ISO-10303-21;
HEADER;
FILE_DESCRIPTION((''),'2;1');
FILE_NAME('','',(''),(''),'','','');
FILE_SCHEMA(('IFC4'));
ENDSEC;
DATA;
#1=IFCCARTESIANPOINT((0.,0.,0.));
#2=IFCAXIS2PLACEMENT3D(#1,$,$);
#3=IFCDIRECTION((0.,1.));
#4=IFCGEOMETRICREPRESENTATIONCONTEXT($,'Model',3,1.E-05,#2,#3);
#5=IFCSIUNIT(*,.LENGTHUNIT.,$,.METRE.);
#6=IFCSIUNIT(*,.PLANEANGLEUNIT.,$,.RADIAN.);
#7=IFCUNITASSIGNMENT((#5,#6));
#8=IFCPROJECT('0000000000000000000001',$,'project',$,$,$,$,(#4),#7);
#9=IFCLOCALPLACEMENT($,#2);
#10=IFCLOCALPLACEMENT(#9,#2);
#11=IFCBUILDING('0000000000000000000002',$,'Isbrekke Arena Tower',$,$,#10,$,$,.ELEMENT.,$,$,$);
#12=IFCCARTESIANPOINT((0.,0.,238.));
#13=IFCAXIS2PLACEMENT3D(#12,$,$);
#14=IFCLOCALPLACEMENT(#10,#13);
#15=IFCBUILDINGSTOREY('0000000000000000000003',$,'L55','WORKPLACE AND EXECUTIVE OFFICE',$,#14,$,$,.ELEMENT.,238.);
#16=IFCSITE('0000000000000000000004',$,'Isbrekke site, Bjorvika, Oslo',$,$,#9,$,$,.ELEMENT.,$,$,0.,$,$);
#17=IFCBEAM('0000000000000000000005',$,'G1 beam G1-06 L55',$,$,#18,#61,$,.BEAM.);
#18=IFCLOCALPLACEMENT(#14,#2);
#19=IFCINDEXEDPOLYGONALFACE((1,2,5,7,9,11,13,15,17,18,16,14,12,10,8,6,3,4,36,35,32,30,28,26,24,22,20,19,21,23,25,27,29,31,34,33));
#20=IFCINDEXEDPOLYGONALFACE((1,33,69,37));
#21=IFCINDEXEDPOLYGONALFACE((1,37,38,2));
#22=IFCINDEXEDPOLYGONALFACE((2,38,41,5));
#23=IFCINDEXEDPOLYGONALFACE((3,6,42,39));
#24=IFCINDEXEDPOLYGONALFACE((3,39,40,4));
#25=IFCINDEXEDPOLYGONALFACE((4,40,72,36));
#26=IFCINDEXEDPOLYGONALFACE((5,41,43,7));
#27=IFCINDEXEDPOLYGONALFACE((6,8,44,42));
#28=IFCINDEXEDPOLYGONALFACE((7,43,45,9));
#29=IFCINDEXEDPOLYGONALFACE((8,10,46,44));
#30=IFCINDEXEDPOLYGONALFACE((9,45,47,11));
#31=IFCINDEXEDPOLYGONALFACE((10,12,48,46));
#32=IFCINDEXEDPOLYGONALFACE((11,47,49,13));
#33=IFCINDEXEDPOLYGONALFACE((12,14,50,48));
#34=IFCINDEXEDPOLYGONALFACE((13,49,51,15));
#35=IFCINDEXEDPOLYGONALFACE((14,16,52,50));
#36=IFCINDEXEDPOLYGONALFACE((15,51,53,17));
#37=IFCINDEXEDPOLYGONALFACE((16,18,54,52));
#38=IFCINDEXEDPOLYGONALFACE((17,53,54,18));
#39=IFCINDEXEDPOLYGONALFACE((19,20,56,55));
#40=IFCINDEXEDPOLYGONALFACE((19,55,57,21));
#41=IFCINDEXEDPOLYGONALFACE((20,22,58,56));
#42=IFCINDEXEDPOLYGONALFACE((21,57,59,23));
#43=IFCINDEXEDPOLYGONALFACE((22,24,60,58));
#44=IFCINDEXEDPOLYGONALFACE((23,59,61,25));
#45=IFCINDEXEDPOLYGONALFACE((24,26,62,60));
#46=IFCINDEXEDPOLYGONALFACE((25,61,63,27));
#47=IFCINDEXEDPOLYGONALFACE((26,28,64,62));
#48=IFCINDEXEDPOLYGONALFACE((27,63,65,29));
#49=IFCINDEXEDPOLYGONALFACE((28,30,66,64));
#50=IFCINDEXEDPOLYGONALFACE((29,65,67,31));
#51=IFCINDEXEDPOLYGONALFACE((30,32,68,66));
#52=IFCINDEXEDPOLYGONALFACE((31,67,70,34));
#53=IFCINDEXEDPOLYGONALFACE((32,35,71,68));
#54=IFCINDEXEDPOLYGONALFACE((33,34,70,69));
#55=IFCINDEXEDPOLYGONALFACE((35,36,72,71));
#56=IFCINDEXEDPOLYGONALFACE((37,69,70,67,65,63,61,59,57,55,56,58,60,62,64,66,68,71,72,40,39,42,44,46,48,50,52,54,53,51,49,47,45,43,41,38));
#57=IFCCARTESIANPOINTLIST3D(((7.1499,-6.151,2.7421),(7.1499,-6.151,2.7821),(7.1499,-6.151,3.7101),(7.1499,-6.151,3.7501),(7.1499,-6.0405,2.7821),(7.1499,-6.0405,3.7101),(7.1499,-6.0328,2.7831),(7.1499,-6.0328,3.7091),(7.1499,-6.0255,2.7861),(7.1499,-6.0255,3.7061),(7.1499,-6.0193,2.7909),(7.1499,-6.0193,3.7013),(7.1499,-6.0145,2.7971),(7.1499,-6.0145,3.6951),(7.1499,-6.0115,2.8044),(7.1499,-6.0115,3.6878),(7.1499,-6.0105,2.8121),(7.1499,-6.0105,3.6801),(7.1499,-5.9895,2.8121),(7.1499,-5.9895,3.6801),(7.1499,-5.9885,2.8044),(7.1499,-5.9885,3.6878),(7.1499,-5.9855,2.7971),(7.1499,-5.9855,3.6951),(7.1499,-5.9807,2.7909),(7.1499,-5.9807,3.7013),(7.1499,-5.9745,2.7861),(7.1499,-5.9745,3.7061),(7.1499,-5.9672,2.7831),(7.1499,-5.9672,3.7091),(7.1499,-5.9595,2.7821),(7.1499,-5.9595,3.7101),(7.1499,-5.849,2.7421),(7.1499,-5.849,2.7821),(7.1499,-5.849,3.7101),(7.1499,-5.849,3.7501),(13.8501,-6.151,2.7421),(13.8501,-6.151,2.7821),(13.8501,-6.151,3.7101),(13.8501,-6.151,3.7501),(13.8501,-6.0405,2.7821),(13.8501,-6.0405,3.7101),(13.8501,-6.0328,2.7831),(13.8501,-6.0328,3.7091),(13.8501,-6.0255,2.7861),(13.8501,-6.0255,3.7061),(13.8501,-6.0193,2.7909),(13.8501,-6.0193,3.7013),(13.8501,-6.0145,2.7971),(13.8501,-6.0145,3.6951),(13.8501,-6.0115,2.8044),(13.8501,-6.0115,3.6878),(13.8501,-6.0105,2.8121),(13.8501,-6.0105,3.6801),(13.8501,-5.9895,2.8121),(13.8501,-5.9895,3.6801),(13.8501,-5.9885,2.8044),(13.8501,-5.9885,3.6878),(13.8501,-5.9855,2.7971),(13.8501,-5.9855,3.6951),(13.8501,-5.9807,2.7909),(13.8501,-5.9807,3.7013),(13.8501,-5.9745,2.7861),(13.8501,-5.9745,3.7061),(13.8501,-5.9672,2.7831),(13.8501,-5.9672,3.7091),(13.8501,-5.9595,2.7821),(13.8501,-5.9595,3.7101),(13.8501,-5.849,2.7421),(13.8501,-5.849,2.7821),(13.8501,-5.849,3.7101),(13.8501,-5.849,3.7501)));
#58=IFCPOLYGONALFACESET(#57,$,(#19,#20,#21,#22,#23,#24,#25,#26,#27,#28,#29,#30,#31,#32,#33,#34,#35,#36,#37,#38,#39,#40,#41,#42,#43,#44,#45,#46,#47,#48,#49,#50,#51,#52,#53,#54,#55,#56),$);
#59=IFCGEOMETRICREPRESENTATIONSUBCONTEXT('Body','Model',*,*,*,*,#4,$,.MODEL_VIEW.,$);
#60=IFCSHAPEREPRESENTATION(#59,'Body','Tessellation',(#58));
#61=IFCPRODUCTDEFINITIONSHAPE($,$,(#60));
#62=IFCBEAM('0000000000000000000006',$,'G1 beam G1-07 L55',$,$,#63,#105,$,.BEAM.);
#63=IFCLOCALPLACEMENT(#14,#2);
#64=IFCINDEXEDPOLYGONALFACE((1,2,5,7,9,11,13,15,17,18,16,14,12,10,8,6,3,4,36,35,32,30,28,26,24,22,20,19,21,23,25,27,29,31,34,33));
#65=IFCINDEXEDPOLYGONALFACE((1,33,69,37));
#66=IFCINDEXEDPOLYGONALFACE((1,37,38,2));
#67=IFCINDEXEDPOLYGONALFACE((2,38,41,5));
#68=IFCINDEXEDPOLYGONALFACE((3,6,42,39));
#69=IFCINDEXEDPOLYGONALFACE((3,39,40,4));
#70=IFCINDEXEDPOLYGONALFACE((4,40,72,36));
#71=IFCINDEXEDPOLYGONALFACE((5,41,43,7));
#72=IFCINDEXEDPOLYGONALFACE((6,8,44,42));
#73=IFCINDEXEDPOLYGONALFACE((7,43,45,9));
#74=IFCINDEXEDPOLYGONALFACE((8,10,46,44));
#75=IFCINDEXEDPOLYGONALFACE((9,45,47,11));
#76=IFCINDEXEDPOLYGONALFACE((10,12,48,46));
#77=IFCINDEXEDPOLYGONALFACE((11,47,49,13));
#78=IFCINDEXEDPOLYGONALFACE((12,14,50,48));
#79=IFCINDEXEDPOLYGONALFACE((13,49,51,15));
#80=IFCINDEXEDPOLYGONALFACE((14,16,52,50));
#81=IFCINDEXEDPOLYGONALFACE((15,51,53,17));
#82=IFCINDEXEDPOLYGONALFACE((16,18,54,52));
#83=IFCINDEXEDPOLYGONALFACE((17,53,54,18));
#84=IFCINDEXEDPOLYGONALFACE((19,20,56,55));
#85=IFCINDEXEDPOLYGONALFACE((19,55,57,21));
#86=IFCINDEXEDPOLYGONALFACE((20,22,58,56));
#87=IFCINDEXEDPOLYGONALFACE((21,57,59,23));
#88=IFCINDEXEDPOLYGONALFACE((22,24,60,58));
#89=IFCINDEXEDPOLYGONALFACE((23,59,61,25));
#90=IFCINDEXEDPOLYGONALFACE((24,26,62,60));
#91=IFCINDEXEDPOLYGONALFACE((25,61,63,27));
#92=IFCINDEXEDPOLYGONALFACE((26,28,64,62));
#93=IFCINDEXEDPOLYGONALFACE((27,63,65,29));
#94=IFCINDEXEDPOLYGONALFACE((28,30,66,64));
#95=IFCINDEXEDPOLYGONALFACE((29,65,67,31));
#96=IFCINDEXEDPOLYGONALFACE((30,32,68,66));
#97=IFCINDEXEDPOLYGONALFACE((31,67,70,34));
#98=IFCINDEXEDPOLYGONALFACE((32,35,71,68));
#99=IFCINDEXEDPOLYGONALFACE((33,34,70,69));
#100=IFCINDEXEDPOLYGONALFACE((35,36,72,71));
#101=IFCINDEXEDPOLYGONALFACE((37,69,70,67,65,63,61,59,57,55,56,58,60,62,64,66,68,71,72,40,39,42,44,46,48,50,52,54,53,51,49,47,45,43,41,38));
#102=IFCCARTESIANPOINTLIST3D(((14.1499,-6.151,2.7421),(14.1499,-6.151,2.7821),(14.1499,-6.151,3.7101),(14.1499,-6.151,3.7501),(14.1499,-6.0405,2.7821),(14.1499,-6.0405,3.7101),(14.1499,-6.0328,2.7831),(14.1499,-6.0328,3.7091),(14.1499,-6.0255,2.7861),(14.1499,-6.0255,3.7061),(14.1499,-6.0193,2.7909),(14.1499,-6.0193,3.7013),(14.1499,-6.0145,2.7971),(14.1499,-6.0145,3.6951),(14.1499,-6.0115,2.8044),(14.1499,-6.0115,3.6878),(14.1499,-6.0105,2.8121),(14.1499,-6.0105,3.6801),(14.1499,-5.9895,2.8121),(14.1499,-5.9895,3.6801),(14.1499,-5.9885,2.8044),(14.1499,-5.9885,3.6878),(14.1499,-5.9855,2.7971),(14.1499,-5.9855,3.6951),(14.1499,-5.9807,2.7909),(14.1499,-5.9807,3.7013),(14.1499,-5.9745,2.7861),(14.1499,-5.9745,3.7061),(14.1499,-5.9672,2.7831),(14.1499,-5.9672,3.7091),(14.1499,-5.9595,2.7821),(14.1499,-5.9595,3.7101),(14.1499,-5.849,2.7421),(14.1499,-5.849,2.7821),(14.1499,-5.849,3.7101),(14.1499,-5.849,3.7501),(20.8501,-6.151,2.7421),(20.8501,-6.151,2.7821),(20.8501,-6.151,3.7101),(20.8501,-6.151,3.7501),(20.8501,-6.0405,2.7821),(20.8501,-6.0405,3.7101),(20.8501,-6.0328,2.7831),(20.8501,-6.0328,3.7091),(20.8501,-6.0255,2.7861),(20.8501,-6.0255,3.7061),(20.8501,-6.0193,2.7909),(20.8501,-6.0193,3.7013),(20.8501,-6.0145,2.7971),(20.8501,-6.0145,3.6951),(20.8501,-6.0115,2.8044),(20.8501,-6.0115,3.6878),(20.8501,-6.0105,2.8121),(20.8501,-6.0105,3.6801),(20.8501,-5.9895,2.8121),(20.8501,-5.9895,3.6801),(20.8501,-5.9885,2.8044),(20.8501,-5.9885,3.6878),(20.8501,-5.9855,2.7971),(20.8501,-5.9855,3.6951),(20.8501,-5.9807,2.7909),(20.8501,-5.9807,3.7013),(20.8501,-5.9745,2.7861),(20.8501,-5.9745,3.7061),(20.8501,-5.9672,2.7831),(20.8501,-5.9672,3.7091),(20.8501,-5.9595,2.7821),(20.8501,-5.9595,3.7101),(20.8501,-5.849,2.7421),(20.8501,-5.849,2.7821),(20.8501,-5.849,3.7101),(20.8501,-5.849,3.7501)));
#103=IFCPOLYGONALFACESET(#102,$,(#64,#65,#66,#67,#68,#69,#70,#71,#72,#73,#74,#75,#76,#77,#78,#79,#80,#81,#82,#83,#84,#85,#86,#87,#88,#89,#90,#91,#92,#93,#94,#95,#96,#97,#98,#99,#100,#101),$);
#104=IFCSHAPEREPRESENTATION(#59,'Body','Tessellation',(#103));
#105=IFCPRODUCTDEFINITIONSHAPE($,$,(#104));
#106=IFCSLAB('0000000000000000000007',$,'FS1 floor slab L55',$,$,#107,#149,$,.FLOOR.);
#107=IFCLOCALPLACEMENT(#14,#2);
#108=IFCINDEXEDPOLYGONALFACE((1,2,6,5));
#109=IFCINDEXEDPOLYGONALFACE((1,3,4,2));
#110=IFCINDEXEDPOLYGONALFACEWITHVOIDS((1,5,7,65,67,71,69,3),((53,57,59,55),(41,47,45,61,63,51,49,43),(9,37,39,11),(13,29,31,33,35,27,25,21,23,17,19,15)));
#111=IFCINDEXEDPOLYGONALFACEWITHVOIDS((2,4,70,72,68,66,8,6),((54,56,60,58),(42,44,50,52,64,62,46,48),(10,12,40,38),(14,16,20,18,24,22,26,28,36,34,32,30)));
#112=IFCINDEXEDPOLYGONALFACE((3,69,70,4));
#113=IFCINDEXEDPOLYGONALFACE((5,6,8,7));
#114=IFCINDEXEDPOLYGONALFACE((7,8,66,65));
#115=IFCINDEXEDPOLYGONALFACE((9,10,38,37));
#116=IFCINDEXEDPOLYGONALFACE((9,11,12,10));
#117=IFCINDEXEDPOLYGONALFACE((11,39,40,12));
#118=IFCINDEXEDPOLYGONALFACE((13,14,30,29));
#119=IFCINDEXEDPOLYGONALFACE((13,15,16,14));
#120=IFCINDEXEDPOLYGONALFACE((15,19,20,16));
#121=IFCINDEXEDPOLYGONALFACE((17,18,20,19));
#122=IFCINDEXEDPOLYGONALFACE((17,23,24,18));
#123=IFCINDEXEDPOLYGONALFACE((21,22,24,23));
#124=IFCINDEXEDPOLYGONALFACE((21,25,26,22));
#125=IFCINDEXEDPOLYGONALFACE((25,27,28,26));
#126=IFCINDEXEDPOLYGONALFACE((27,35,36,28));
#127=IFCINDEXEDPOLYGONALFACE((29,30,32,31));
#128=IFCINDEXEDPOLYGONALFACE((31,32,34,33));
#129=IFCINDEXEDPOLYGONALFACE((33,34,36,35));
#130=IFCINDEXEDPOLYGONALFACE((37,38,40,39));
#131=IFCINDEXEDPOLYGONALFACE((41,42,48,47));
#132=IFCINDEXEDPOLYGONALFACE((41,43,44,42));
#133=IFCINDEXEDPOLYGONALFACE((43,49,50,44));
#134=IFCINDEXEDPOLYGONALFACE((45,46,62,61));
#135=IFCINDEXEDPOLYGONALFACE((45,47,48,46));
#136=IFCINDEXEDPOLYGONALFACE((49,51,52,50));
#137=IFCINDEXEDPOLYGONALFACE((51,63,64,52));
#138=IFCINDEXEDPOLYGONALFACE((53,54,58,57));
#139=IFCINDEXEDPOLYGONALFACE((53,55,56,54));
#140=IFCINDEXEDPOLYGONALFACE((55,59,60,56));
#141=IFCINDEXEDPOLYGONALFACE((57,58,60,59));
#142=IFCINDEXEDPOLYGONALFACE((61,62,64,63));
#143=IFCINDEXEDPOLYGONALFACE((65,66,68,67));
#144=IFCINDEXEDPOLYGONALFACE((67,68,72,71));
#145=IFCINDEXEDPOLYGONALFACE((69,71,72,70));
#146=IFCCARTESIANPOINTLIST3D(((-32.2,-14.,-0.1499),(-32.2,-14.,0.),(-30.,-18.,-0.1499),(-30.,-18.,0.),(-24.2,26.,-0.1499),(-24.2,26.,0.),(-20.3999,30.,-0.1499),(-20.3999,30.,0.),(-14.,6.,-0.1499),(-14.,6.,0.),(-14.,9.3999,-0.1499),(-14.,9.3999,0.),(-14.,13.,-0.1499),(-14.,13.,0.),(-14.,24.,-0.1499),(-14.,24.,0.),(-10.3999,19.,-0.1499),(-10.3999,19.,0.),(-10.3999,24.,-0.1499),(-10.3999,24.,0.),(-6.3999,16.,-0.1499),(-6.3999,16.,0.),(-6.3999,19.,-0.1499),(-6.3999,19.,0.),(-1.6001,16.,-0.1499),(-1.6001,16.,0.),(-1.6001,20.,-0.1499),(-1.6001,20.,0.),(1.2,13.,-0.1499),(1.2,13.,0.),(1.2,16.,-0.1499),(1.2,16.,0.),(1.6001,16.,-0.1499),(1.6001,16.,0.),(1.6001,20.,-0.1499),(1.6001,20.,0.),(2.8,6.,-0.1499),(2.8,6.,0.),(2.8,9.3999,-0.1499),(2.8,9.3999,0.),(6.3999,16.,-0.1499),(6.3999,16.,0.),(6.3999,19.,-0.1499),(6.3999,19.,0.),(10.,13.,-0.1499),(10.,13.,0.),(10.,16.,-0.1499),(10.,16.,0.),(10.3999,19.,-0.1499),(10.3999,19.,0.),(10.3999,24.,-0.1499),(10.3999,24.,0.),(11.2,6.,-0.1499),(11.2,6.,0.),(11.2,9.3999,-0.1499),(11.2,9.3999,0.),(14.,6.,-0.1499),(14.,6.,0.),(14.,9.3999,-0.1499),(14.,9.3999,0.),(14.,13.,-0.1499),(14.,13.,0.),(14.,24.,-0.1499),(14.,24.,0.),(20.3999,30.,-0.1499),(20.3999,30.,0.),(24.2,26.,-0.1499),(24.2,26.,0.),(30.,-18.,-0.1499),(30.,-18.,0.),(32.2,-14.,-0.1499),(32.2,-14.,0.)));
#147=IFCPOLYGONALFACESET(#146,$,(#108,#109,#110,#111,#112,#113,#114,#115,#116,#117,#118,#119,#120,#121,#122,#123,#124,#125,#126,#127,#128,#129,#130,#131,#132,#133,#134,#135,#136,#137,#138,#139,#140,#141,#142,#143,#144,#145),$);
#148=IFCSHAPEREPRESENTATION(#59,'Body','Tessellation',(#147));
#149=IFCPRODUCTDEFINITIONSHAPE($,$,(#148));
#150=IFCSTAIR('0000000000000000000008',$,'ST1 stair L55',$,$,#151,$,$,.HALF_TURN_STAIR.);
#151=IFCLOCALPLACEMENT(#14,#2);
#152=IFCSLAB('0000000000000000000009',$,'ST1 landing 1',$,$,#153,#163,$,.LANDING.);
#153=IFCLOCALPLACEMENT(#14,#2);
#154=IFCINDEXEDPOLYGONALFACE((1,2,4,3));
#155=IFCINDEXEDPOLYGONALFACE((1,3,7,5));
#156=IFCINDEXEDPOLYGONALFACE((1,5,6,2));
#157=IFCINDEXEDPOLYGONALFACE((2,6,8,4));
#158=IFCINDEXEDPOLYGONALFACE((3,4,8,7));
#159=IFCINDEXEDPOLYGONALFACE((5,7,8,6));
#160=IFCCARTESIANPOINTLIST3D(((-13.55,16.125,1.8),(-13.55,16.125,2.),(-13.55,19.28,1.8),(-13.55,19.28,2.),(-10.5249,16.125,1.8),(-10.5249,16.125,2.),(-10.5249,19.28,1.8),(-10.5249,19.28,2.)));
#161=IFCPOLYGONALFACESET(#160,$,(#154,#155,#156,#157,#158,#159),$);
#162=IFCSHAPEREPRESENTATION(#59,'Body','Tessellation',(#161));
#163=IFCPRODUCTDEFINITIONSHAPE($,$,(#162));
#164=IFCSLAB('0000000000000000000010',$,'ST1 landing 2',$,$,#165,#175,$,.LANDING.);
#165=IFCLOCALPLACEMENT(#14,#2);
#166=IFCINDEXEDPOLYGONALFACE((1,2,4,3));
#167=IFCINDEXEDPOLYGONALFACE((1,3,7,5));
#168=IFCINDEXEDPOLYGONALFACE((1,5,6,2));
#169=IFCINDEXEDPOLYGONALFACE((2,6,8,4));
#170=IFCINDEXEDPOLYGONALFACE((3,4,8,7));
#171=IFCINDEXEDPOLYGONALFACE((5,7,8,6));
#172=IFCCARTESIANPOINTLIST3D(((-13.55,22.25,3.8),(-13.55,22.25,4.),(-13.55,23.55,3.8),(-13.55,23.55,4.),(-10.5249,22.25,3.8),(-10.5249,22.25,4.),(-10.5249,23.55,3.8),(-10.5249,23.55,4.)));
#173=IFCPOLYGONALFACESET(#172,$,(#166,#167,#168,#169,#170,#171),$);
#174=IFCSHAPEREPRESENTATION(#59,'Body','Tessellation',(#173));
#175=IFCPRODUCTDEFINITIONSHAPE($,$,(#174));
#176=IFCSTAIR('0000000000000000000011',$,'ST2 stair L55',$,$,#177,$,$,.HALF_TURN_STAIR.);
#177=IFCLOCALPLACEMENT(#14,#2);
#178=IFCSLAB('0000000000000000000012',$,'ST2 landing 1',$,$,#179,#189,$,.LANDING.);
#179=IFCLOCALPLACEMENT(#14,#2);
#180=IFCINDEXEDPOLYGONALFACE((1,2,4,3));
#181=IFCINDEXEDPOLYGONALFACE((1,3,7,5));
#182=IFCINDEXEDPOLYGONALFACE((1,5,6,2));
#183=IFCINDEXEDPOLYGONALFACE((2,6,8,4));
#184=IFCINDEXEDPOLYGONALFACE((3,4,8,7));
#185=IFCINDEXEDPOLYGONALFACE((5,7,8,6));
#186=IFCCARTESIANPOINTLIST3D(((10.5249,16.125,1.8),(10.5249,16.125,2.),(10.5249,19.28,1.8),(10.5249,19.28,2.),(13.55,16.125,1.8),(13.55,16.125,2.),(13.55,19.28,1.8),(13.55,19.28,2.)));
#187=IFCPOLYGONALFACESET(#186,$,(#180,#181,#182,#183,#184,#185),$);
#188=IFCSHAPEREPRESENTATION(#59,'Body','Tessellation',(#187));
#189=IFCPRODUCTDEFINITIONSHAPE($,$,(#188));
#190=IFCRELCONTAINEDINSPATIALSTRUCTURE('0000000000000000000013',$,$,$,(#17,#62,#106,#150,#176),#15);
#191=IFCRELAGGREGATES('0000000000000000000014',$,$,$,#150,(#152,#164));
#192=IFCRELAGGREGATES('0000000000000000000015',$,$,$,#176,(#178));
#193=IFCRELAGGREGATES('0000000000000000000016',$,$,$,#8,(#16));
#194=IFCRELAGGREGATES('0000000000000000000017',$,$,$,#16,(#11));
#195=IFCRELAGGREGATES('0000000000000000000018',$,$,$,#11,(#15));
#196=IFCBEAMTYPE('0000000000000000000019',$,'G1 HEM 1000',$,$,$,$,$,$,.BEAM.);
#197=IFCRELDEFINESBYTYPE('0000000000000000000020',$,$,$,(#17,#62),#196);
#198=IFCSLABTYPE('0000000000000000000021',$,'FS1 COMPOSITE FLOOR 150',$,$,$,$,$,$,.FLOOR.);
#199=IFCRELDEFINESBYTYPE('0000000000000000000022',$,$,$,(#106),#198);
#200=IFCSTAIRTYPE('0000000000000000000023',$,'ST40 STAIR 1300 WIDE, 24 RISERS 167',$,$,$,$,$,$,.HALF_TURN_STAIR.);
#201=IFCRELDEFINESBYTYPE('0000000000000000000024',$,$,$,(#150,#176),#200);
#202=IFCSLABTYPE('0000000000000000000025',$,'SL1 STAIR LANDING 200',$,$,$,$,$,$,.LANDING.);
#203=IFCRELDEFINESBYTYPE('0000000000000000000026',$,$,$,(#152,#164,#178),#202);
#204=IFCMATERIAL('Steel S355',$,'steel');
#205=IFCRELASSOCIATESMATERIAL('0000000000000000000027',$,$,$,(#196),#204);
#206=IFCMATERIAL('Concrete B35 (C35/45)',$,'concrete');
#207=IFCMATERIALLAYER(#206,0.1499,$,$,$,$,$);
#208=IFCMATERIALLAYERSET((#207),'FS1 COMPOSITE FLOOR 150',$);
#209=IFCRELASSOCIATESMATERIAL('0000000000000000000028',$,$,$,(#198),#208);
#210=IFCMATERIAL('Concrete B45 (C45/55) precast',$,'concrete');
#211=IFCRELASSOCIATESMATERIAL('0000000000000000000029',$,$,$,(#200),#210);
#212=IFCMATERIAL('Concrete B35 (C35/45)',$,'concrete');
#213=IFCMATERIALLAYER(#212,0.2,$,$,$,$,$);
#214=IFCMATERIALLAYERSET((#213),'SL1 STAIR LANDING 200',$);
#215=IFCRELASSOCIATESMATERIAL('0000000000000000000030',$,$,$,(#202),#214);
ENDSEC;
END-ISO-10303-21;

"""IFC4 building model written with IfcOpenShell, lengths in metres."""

from ifc_helpers import new_model, si_unit, direction, frame, origin, origin_2d, place, context, subcontext, project, spatial, polyline, i_section, outline, extrude, material, layer, layer_set, material_profile, profile_set, type_object, element, aggregate, save


model = new_model("IFC4")

# Units and contexts
model_context = context("Model", 3, precision=1e-05, world=origin(), true_north=direction((0.0, 1.0)))
body_context = subcontext(model_context, "Body", "Model", "MODEL_VIEW")
ifc_project = project(units=[si_unit("LENGTHUNIT", "METRE"), si_unit("PLANEANGLEUNIT", "RADIAN")], contexts=[model_context])

# Site, building, storey
site_placement = place(None, origin())
site = spatial("IfcSite", under=ifc_project, at=site_placement, Name="Isbrekke site, Bjorvika, Oslo", CompositionType="ELEMENT", RefElevation=0.0)
building_placement = place(site_placement, origin())
building = spatial("IfcBuilding", under=site, at=building_placement, Name="Isbrekke Arena Tower", CompositionType="ELEMENT")
storey_placement = place(building_placement, frame((0.0, 0.0, 238.0)))
storey = spatial("IfcBuildingStorey", under=building, at=storey_placement, Name="L55", Description="WORKPLACE AND EXECUTIVE OFFICE", CompositionType="ELEMENT", Elevation=238.0)

# Beams
ifc_material_1 = material(Name="Steel S355", Category="steel")
ifc_material_profile_1 = material_profile(ifc_material_1, i_section(OverallWidth=0.302, OverallDepth=1.0081, WebThickness=0.021, FlangeThickness=0.04, FilletRadius=0.03, at=origin_2d()), Name="HEM 1000")
ifc_profile_set_1 = profile_set([ifc_material_profile_1], Name="Steel S355")
beam_type_1 = type_object("IfcBeamType", Name="G1 HEM 1000", PredefinedType="BEAM", material=ifc_profile_set_1)
for number, where, z_axis, x_axis, name in (
    (1, (7.1499, -6.0, 3.2461), (1.0, 0.0, 0.0), (0.0, 1.0, 0.0), "G1 beam G1-06 L55"),
    (2, (14.1499, -6.0, 3.2461), (1.0, 0.0, 0.0), (0.0, 1.0, 0.0), "G1 beam G1-07 L55"),
):
    element("IfcBeam", number, at=place(storey_placement, frame(where, z_axis=z_axis, x_axis=x_axis)), inside=storey, type_object=beam_type_1, Name=name, PredefinedType="BEAM", context=body_context, shape_type="SweptSolid", body=[
        extrude(i_section(OverallWidth=0.302, OverallDepth=1.0081, WebThickness=0.021, FlangeThickness=0.04, FilletRadius=0.03, at=origin_2d()), origin(), (0.0, 0.0, 1.0), 6.7002),
    ])

# Slab
ifc_material_2 = material(Name="Concrete B35 (C35/45)", Category="concrete")
ifc_layer_1 = layer(ifc_material_2, 0.1499)
ifc_layer_set_1 = layer_set([ifc_layer_1], Name="FS1 COMPOSITE FLOOR 150")
slab_type_1 = type_object("IfcSlabType", Name="FS1 COMPOSITE FLOOR 150", PredefinedType="FLOOR", material=ifc_layer_set_1)
slab_1_placement = place(storey_placement, frame((0.0, 0.0, -0.1499)))
element("IfcSlab", 3, at=slab_1_placement, inside=storey, type_object=slab_type_1, Name="FS1 floor slab L55", PredefinedType="FLOOR", context=body_context, shape_type="SweptSolid", body=[
    extrude(outline(polyline([(-30.0, -18.0), (30.0, -18.0), (32.2, -14.0), (24.2, 26.0), (20.3999, 30.0), (-20.3999, 30.0), (-24.2, 26.0), (-32.2, -14.0), (-30.0, -18.0)]), holes=[polyline([(2.8, 9.3999), (2.8, 6.0), (-14.0, 6.0), (-14.0, 9.3999), (2.8, 9.3999)]), polyline([(11.2, 6.0), (11.2, 9.3999), (14.0, 9.3999), (14.0, 6.0), (11.2, 6.0)]), polyline([(-14.0, 13.0), (-14.0, 24.0), (-10.3999, 24.0), (-10.3999, 19.0), (-6.3999, 19.0), (-6.3999, 16.0), (-1.6001, 16.0), (-1.6001, 20.0), (1.6001, 20.0), (1.6001, 16.0), (1.2, 16.0), (1.2, 13.0), (-14.0, 13.0)]), polyline([(10.0, 13.0), (10.0, 16.0), (6.3999, 16.0), (6.3999, 19.0), (10.3999, 19.0), (10.3999, 24.0), (14.0, 24.0), (14.0, 13.0), (10.0, 13.0)])]), origin(), (0.0, 0.0, 1.0), 0.1499),
])

# Stairs, slabs
ifc_material_3 = material(Name="Concrete B45 (C45/55) precast", Category="concrete")
stair_type = type_object("IfcStairType", Name="ST40 STAIR 1300 WIDE, 24 RISERS 167", PredefinedType="HALF_TURN_STAIR", material=ifc_material_3)
stair_1_placement = place(storey_placement, origin())
stair_1 = element("IfcStair", 4, at=stair_1_placement, inside=storey, type_object=stair_type, Name="ST1 stair L55", PredefinedType="HALF_TURN_STAIR")
ifc_material_4 = material(Name="Concrete B35 (C35/45)", Category="concrete")
ifc_layer_2 = layer(ifc_material_4, 0.2)
ifc_layer_set_2 = layer_set([ifc_layer_2], Name="SL1 STAIR LANDING 200")
slab_type_2 = type_object("IfcSlabType", Name="SL1 STAIR LANDING 200", PredefinedType="LANDING", material=ifc_layer_set_2)
slab_2_placement = place(storey_placement, frame((0.0, 0.0, 1.8)))
slab_2 = element("IfcSlab", 5, at=slab_2_placement, type_object=slab_type_2, Name="ST1 landing 1", PredefinedType="LANDING", context=body_context, shape_type="SweptSolid", body=[
    extrude(outline(polyline([(-13.55, 16.125), (-10.5249, 16.125), (-10.5249, 19.28), (-13.55, 19.28), (-13.55, 16.125)])), origin(), (0.0, 0.0, 1.0), 0.2),
])
slab_3_placement = place(storey_placement, frame((0.0, 0.0, 3.8)))
slab_3 = element("IfcSlab", 6, at=slab_3_placement, type_object=slab_type_2, Name="ST1 landing 2", PredefinedType="LANDING", context=body_context, shape_type="SweptSolid", body=[
    extrude(outline(polyline([(-13.55, 22.25), (-10.5249, 22.25), (-10.5249, 23.55), (-13.55, 23.55), (-13.55, 22.25)])), origin(), (0.0, 0.0, 1.0), 0.2),
])
aggregate(stair_1, [slab_2, slab_3])
stair_2_placement = place(storey_placement, origin())
stair_2 = element("IfcStair", 7, at=stair_2_placement, inside=storey, type_object=stair_type, Name="ST2 stair L55", PredefinedType="HALF_TURN_STAIR")
slab_4_placement = place(storey_placement, frame((0.0, 0.0, 1.8)))
slab_4 = element("IfcSlab", 8, at=slab_4_placement, type_object=slab_type_2, Name="ST2 landing 1", PredefinedType="LANDING", context=body_context, shape_type="SweptSolid", body=[
    extrude(outline(polyline([(10.5249, 16.125), (13.55, 16.125), (13.55, 19.28), (10.5249, 19.28), (10.5249, 16.125)])), origin(), (0.0, 0.0, 1.0), 0.2),
])
aggregate(stair_2, [slab_4])

save(model, "model.ifc")
